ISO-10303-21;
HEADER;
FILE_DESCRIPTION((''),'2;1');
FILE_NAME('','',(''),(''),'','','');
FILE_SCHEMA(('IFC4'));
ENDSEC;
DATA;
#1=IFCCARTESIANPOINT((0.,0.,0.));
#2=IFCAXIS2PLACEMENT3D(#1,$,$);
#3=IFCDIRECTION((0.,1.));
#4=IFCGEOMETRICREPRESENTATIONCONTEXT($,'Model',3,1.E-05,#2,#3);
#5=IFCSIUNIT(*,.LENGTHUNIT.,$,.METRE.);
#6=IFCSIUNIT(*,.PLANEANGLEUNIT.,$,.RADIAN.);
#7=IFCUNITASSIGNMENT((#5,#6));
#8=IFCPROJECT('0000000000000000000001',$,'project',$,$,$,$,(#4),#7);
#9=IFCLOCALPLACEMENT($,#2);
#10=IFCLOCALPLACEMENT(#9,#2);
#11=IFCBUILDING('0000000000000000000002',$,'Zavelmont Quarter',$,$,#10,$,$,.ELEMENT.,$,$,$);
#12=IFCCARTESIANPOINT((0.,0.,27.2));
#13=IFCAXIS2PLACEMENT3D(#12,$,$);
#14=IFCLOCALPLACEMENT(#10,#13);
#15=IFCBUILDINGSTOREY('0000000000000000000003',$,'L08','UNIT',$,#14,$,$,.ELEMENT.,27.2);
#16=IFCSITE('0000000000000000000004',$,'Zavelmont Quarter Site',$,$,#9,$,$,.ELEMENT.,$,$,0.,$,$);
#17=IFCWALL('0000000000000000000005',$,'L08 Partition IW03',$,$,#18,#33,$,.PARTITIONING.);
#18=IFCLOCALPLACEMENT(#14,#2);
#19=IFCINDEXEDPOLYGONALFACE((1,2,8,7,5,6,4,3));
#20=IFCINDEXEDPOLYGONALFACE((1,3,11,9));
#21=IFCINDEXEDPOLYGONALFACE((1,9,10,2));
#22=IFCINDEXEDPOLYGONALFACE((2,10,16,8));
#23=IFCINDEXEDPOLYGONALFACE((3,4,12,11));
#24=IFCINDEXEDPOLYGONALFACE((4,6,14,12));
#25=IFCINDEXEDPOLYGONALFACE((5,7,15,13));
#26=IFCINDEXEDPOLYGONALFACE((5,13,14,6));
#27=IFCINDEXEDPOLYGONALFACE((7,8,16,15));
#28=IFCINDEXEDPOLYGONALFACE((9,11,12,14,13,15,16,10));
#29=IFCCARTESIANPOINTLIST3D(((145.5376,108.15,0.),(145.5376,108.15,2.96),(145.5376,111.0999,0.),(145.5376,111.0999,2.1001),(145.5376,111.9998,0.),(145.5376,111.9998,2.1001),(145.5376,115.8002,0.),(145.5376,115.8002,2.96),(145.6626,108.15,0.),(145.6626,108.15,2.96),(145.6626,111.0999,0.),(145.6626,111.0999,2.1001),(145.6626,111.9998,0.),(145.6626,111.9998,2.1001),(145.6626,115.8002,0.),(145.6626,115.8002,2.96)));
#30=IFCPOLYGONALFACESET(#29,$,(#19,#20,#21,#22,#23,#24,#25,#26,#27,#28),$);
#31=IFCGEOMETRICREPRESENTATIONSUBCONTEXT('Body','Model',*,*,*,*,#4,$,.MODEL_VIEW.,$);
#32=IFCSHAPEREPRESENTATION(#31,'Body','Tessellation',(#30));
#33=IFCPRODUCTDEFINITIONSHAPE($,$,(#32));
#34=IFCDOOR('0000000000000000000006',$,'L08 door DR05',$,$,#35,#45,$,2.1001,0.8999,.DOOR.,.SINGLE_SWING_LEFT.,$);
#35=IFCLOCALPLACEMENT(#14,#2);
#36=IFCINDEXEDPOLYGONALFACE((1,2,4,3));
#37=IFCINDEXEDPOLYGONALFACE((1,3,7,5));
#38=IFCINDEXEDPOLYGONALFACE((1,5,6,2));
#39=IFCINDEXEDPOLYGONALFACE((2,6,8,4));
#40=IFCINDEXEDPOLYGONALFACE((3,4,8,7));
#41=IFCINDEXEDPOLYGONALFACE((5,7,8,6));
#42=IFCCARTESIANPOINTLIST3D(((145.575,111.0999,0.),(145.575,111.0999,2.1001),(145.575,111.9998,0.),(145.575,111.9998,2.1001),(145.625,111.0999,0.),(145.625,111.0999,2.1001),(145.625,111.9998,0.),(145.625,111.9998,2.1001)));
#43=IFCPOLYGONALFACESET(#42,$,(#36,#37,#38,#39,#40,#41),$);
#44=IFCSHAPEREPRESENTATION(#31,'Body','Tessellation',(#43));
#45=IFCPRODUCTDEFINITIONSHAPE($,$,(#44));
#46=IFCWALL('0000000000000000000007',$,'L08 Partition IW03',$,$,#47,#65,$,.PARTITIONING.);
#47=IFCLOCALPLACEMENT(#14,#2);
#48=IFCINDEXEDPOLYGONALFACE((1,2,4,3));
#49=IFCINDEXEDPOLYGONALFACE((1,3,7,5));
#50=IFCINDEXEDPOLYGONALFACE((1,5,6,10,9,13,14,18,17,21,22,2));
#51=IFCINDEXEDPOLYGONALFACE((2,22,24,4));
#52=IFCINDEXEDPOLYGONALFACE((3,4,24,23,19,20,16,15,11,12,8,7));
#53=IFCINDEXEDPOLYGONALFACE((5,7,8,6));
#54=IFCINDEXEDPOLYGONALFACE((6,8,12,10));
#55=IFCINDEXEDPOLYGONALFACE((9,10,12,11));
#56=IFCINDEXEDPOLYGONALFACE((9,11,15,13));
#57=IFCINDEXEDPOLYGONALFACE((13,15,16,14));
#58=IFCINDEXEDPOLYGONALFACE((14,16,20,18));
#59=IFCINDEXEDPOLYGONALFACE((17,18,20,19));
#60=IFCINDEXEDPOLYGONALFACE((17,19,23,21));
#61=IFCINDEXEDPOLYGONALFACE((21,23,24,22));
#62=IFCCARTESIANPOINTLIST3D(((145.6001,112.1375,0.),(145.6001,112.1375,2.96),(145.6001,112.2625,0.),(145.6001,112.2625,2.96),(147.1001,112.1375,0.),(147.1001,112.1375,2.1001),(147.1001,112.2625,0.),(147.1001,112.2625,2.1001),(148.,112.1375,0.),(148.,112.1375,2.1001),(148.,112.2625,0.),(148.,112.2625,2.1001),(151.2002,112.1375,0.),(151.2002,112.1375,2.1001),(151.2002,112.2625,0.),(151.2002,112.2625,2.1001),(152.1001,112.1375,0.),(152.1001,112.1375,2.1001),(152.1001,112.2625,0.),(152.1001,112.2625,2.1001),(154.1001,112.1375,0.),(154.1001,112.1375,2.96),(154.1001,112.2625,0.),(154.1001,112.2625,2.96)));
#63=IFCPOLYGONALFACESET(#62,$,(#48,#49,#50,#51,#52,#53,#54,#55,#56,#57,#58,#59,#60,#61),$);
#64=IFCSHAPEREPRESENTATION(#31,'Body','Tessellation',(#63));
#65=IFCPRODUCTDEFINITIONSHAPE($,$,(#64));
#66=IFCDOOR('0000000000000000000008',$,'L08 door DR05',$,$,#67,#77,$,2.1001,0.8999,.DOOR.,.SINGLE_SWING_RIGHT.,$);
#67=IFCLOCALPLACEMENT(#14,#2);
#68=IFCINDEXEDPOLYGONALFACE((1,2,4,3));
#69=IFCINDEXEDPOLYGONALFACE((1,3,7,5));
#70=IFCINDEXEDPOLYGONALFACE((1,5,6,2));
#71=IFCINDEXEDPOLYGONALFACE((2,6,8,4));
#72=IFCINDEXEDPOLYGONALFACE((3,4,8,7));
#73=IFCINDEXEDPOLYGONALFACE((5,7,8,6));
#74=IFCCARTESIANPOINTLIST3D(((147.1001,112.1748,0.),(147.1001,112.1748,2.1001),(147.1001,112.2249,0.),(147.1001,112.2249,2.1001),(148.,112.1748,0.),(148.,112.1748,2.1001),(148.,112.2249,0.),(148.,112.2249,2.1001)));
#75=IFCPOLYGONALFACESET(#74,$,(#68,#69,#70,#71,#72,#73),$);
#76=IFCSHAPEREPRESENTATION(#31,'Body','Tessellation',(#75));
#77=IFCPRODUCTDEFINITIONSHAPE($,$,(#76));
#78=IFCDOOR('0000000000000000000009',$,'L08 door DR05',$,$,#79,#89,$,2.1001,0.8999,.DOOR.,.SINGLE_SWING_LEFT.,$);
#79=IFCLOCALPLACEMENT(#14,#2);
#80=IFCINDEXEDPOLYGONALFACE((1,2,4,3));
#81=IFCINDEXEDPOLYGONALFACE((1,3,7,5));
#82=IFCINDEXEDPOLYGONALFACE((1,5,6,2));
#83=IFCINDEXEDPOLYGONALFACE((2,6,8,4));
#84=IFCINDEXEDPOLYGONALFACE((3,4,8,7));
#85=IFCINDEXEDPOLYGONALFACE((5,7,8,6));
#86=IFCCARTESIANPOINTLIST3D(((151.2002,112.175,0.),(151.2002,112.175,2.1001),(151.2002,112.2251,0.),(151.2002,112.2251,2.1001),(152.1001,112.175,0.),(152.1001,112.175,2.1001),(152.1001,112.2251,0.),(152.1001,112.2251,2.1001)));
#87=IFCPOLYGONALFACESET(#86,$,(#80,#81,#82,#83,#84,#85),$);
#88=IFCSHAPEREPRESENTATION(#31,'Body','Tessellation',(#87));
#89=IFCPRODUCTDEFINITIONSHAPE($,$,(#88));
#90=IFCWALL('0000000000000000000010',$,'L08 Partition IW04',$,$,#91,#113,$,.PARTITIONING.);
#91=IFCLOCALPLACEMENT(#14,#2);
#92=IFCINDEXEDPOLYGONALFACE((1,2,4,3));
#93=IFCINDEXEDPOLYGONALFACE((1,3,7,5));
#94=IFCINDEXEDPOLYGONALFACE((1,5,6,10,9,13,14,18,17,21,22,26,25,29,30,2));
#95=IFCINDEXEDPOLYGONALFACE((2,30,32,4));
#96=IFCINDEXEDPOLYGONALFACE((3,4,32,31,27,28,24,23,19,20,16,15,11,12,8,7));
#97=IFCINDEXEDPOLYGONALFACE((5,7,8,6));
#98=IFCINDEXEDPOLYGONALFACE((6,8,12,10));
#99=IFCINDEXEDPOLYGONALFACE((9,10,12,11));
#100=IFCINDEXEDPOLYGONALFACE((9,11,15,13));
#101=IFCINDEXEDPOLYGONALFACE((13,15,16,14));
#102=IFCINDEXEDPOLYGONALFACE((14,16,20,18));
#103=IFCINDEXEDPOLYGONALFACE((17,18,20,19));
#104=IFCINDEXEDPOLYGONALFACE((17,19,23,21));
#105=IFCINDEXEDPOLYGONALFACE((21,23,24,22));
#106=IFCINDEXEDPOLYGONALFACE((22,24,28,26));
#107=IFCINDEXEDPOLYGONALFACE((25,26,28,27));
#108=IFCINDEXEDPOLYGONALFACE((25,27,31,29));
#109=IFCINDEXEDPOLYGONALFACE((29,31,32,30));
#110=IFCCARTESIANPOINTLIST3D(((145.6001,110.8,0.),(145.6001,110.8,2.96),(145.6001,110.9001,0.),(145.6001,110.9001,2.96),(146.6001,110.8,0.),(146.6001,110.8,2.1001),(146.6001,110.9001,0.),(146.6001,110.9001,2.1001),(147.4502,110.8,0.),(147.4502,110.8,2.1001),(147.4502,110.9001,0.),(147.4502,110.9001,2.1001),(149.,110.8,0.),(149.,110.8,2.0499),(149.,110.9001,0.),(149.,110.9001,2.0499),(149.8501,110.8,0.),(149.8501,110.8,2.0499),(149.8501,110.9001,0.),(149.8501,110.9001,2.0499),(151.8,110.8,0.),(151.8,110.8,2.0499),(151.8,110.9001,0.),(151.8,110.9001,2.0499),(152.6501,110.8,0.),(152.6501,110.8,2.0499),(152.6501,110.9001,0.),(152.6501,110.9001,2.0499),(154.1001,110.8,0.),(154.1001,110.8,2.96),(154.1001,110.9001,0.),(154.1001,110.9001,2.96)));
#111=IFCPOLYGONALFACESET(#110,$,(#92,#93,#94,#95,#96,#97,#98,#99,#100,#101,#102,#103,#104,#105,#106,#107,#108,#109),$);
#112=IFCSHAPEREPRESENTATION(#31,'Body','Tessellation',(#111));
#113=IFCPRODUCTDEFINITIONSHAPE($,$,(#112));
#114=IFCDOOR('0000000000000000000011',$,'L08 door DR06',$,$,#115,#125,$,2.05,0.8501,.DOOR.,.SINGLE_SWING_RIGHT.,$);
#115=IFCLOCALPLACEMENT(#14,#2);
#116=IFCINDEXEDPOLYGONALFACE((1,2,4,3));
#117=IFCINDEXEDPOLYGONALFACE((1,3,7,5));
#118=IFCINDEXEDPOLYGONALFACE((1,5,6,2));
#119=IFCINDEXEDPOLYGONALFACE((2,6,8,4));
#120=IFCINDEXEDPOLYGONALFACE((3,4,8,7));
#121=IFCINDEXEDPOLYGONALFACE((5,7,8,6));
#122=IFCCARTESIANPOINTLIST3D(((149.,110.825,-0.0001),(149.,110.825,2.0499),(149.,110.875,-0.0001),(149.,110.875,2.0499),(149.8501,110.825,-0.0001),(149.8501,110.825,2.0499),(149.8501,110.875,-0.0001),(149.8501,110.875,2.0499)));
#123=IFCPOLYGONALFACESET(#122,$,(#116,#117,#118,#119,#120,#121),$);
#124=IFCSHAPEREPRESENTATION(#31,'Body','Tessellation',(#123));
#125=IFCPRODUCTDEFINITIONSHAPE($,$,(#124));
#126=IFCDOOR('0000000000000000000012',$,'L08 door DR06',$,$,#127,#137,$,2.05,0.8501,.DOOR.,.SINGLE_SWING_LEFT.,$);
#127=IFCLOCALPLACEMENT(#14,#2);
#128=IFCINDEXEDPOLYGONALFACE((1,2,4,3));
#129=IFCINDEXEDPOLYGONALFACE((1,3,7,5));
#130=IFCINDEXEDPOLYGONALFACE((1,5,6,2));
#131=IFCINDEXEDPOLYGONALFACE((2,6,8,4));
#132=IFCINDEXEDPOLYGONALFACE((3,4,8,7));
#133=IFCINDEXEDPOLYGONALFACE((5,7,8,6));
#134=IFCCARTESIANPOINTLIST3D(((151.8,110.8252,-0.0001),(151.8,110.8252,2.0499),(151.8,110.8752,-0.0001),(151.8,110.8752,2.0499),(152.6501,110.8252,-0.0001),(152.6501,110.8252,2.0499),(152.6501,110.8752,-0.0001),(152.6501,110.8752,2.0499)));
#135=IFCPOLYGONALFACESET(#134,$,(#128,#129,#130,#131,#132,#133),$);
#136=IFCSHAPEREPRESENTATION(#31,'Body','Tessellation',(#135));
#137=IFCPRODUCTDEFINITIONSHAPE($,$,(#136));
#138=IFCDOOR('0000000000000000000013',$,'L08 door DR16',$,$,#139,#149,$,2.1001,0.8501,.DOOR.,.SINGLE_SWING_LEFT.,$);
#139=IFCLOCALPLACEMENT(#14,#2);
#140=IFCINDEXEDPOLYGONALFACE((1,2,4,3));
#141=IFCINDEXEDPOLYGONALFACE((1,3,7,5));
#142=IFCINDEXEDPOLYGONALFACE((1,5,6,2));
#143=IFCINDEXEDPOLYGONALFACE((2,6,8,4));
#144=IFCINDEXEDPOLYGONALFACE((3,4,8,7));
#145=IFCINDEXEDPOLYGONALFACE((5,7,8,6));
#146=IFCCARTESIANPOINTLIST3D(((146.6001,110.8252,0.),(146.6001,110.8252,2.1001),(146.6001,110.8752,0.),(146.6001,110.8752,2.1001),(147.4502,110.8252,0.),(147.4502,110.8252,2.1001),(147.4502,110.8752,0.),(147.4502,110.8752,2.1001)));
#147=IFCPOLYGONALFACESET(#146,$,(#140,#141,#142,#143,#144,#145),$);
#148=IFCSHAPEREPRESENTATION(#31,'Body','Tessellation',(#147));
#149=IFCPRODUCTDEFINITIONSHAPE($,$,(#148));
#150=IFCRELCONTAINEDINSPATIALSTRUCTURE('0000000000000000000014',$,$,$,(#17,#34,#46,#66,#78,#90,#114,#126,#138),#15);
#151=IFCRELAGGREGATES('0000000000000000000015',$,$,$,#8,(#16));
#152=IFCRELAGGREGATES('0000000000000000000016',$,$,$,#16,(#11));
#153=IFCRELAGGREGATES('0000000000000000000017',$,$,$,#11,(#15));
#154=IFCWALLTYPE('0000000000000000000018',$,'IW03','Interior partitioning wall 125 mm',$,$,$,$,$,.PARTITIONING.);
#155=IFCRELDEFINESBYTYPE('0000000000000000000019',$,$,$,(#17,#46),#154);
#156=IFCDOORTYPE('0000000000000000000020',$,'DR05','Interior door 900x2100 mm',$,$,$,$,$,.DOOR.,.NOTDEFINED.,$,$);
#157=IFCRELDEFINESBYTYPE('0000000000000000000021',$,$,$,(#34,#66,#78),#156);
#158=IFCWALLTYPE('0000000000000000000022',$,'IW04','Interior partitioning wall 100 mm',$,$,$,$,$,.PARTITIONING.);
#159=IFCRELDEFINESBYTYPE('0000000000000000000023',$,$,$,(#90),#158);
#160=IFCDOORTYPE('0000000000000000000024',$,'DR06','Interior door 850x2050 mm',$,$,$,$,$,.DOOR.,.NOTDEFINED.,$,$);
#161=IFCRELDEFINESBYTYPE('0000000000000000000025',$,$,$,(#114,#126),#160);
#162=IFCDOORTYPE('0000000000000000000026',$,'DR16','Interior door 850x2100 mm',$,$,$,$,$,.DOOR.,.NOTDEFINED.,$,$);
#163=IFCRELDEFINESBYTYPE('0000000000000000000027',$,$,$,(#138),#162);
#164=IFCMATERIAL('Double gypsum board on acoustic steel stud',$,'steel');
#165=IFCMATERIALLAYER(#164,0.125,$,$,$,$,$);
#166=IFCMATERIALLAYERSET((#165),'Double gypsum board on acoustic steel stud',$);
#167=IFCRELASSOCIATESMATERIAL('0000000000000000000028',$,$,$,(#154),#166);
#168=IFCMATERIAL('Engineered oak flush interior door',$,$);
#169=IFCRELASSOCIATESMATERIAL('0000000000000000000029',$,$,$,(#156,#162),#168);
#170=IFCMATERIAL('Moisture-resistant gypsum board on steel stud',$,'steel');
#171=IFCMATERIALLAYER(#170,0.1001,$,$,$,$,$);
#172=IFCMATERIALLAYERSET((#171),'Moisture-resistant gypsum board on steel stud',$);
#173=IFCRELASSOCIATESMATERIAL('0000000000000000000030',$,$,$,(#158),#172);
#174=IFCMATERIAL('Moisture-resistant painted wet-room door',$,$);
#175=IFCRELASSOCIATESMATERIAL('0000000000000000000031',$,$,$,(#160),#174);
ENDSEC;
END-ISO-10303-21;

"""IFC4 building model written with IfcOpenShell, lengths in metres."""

from ifc_helpers import new_model, si_unit, direction, frame, frame_2d, origin, origin_with_axes, place, context, subcontext, project, spatial, rectangle, extrude, material, layer, layer_set, type_object, element, fill, save


model = new_model("IFC4")

# Units and contexts
model_context = context("Model", 3, precision=1e-05, world=origin(), true_north=direction((0.0, 1.0)))
body_context = subcontext(model_context, "Body", "Model", "MODEL_VIEW")
ifc_project = project(units=[si_unit("LENGTHUNIT", "METRE"), si_unit("PLANEANGLEUNIT", "RADIAN")], contexts=[model_context])

# Site, building, storey
site_placement = place(None, origin())
site = spatial("IfcSite", under=ifc_project, at=site_placement, Name="Zavelmont Quarter Site", CompositionType="ELEMENT", RefElevation=0.0)
building_placement = place(site_placement, origin())
building = spatial("IfcBuilding", under=site, at=building_placement, Name="Zavelmont Quarter", CompositionType="ELEMENT")
storey_placement = place(building_placement, frame((0.0, 0.0, 27.2)))
storey = spatial("IfcBuildingStorey", under=building, at=storey_placement, Name="L08", Description="UNIT", CompositionType="ELEMENT", Elevation=27.2)

# Wall, opening, door
ifc_material_1 = material(Name="Double gypsum board on acoustic steel stud", Category="steel")
ifc_layer_1 = layer(ifc_material_1, 0.125)
ifc_layer_set_1 = layer_set([ifc_layer_1], Name="Double gypsum board on acoustic steel stud")
wall_type_1 = type_object("IfcWallType", Name="IW03", Description="Interior partitioning wall 125 mm", PredefinedType="PARTITIONING", material=ifc_layer_set_1)
wall_1_placement = place(storey_placement, frame((145.6001, 108.1499, 0.0), z_axis=(0.0, 0.0, 1.0), x_axis=(0.0, 1.0, 0.0)))
wall_1 = element("IfcWall", 1, at=wall_1_placement, inside=storey, type_object=wall_type_1, Name="L08 Partition IW03", PredefinedType="PARTITIONING", context=body_context, shape_type="SweptSolid", body=[
    extrude(rectangle(XDim=7.6501, YDim=0.125, at=frame_2d((3.8252, 0.0))), origin(), (0.0, 0.0, 1.0), 2.96),
])
opening_1_placement = place(wall_1_placement, frame((2.95, 0.0, 0.0)))
opening_1 = element("IfcOpeningElement", 2, at=opening_1_placement, cuts=wall_1, PredefinedType="OPENING", context=body_context, shape_type="SweptSolid", body=[
    extrude(rectangle(XDim=0.8999, YDim=2.1001, at=frame_2d((0.45, 1.05))), frame((0.0, 0.0745, 0.0), z_axis=(0.0, -1.0, 0.0), x_axis=(1.0, 0.0, 0.0)), (0.0, 0.0, 1.0), 0.1489),
])
ifc_material_2 = material(Name="Engineered oak flush interior door")
door_type_1 = type_object("IfcDoorType", Name="DR05", Description="Interior door 900x2100 mm", OperationType="NOTDEFINED", PredefinedType="DOOR", material=ifc_material_2)
door_1_placement = place(opening_1_placement, frame((0.8999, 0.0, 0.0), z_axis=(0.0, 0.0, 1.0), x_axis=(-1.0, 0.0, 0.0)))
door_1 = element("IfcDoor", 3, at=door_1_placement, inside=storey, type_object=door_type_1, Name="L08 door DR05", OperationType="SINGLE_SWING_LEFT", OverallHeight=2.1001, OverallWidth=0.8999, PredefinedType="DOOR", context=body_context, shape_type="SweptSolid", body=[
    extrude(rectangle(XDim=0.8999, YDim=2.1001, at=frame_2d((0.45, 1.05))), frame((0.0, 0.0249, 0.0), z_axis=(0.0, -1.0, 0.0), x_axis=(1.0, 0.0, 0.0)), (0.0, 0.0, 1.0), 0.05),
])
fill(opening_1, door_1)

# Walls, openings, doors
wall_2_placement = place(storey_placement, frame((145.6001, 112.2, 0.0), z_axis=(0.0, 0.0, 1.0), x_axis=(1.0, 0.0, 0.0)))
wall_2 = element("IfcWall", 4, at=wall_2_placement, inside=storey, type_object=wall_type_1, Name="L08 Partition IW03", PredefinedType="PARTITIONING", context=body_context, shape_type="SweptSolid", body=[
    extrude(rectangle(XDim=8.5, YDim=0.125, at=frame_2d((4.25, 0.0))), origin(), (0.0, 0.0, 1.0), 2.96),
])
opening_2_placement = place(wall_2_placement, frame((1.5, 0.0, 0.0)))
opening_2 = element("IfcOpeningElement", 5, at=opening_2_placement, cuts=wall_2, PredefinedType="OPENING", context=body_context, shape_type="SweptSolid", body=[
    extrude(rectangle(XDim=0.8999, YDim=2.1001, at=frame_2d((0.45, 1.05))), frame((0.0, 0.0745, 0.0), z_axis=(0.0, -1.0, 0.0), x_axis=(1.0, 0.0, 0.0)), (0.0, 0.0, 1.0), 0.1489),
])
opening_3_placement = place(wall_2_placement, frame((5.6001, 0.0, 0.0)))
opening_3 = element("IfcOpeningElement", 6, at=opening_3_placement, cuts=wall_2, PredefinedType="OPENING", context=body_context, shape_type="SweptSolid", body=[
    extrude(rectangle(XDim=0.8999, YDim=2.1001, at=frame_2d((0.45, 1.05))), frame((0.0, 0.0745, 0.0), z_axis=(0.0, -1.0, 0.0), x_axis=(1.0, 0.0, 0.0)), (0.0, 0.0, 1.0), 0.1489),
])
door_2_placement = place(opening_2_placement, origin_with_axes())
door_2 = element("IfcDoor", 7, at=door_2_placement, inside=storey, type_object=door_type_1, Name="L08 door DR05", OperationType="SINGLE_SWING_RIGHT", OverallHeight=2.1001, OverallWidth=0.8999, PredefinedType="DOOR", context=body_context, shape_type="SweptSolid", body=[
    extrude(rectangle(XDim=0.8999, YDim=2.1001, at=frame_2d((0.45, 1.05))), frame((0.0, 0.0249, 0.0), z_axis=(0.0, -1.0, 0.0), x_axis=(1.0, 0.0, 0.0)), (0.0, 0.0, 1.0), 0.05),
])
fill(opening_2, door_2)
door_3_placement = place(opening_3_placement, frame((0.8999, 0.0, 0.0), z_axis=(0.0, 0.0, 1.0), x_axis=(-1.0, 0.0, 0.0)))
door_3 = element("IfcDoor", 8, at=door_3_placement, inside=storey, type_object=door_type_1, Name="L08 door DR05", OperationType="SINGLE_SWING_LEFT", OverallHeight=2.1001, OverallWidth=0.8999, PredefinedType="DOOR", context=body_context, shape_type="SweptSolid", body=[
    extrude(rectangle(XDim=0.8999, YDim=2.1001, at=frame_2d((0.45, 1.05))), frame((0.0, 0.0249, 0.0), z_axis=(0.0, -1.0, 0.0), x_axis=(1.0, 0.0, 0.0)), (0.0, 0.0, 1.0), 0.05),
])
fill(opening_3, door_3)
ifc_material_3 = material(Name="Moisture-resistant gypsum board on steel stud", Category="steel")
ifc_layer_2 = layer(ifc_material_3, 0.1001)
ifc_layer_set_2 = layer_set([ifc_layer_2], Name="Moisture-resistant gypsum board on steel stud")
wall_type_2 = type_object("IfcWallType", Name="IW04", Description="Interior partitioning wall 100 mm", PredefinedType="PARTITIONING", material=ifc_layer_set_2)
wall_3_placement = place(storey_placement, frame((145.6001, 110.8501, 0.0), z_axis=(0.0, 0.0, 1.0), x_axis=(1.0, 0.0, 0.0)))
wall_3 = element("IfcWall", 9, at=wall_3_placement, inside=storey, type_object=wall_type_2, Name="L08 Partition IW04", PredefinedType="PARTITIONING", context=body_context, shape_type="SweptSolid", body=[
    extrude(rectangle(XDim=8.5, YDim=0.1001, at=frame_2d((4.25, 0.0))), origin(), (0.0, 0.0, 1.0), 2.96),
])
opening_4_placement = place(wall_3_placement, frame((1.0, 0.0, 0.0)))
opening_4 = element("IfcOpeningElement", 10, at=opening_4_placement, cuts=wall_3, PredefinedType="OPENING", context=body_context, shape_type="SweptSolid", body=[
    extrude(rectangle(XDim=0.8501, YDim=2.1001, at=frame_2d((0.425, 1.05))), frame((0.0, 0.062, 0.0), z_axis=(0.0, -1.0, 0.0), x_axis=(1.0, 0.0, 0.0)), (0.0, 0.0, 1.0), 0.124),
])
opening_5_placement = place(wall_3_placement, frame((3.3999, 0.0, 0.0)))
opening_5 = element("IfcOpeningElement", 11, at=opening_5_placement, cuts=wall_3, PredefinedType="OPENING", context=body_context, shape_type="SweptSolid", body=[
    extrude(rectangle(XDim=0.8501, YDim=2.05, at=frame_2d((0.425, 1.0249))), frame((0.0, 0.062, 0.0), z_axis=(0.0, -1.0, 0.0), x_axis=(1.0, 0.0, 0.0)), (0.0, 0.0, 1.0), 0.124),
])
opening_6_placement = place(wall_3_placement, frame((6.2, 0.0, 0.0)))
opening_6 = element("IfcOpeningElement", 12, at=opening_6_placement, cuts=wall_3, PredefinedType="OPENING", context=body_context, shape_type="SweptSolid", body=[
    extrude(rectangle(XDim=0.8501, YDim=2.05, at=frame_2d((0.425, 1.0249))), frame((0.0, 0.062, 0.0), z_axis=(0.0, -1.0, 0.0), x_axis=(1.0, 0.0, 0.0)), (0.0, 0.0, 1.0), 0.124),
])
ifc_material_4 = material(Name="Moisture-resistant painted wet-room door")
door_type_2 = type_object("IfcDoorType", Name="DR06", Description="Interior door 850x2050 mm", OperationType="NOTDEFINED", PredefinedType="DOOR", material=ifc_material_4)
door_4_placement = place(opening_5_placement, origin_with_axes())
door_4 = element("IfcDoor", 13, at=door_4_placement, inside=storey, type_object=door_type_2, Name="L08 door DR06", OperationType="SINGLE_SWING_RIGHT", OverallHeight=2.05, OverallWidth=0.8501, PredefinedType="DOOR", context=body_context, shape_type="SweptSolid", body=[
    extrude(rectangle(XDim=0.8501, YDim=2.05, at=frame_2d((0.425, 1.0249))), frame((0.0, 0.0249, 0.0), z_axis=(0.0, -1.0, 0.0), x_axis=(1.0, 0.0, 0.0)), (0.0, 0.0, 1.0), 0.05),
])
fill(opening_5, door_4)
door_5_placement = place(opening_6_placement, frame((0.8501, 0.0, 0.0), z_axis=(0.0, 0.0, 1.0), x_axis=(-1.0, 0.0, 0.0)))
door_5 = element("IfcDoor", 14, at=door_5_placement, inside=storey, type_object=door_type_2, Name="L08 door DR06", OperationType="SINGLE_SWING_LEFT", OverallHeight=2.05, OverallWidth=0.8501, PredefinedType="DOOR", context=body_context, shape_type="SweptSolid", body=[
    extrude(rectangle(XDim=0.8501, YDim=2.05, at=frame_2d((0.425, 1.0249))), frame((0.0, 0.0249, 0.0), z_axis=(0.0, -1.0, 0.0), x_axis=(1.0, 0.0, 0.0)), (0.0, 0.0, 1.0), 0.05),
])
fill(opening_6, door_5)
door_type_3 = type_object("IfcDoorType", Name="DR16", Description="Interior door 850x2100 mm", OperationType="NOTDEFINED", PredefinedType="DOOR", material=ifc_material_2)
door_6_placement = place(opening_4_placement, frame((0.8501, 0.0, 0.0), z_axis=(0.0, 0.0, 1.0), x_axis=(-1.0, 0.0, 0.0)))
door_6 = element("IfcDoor", 15, at=door_6_placement, inside=storey, type_object=door_type_3, Name="L08 door DR16", OperationType="SINGLE_SWING_LEFT", OverallHeight=2.1001, OverallWidth=0.8501, PredefinedType="DOOR", context=body_context, shape_type="SweptSolid", body=[
    extrude(rectangle(XDim=0.8501, YDim=2.1001, at=frame_2d((0.425, 1.05))), frame((0.0, 0.0249, 0.0), z_axis=(0.0, -1.0, 0.0), x_axis=(1.0, 0.0, 0.0)), (0.0, 0.0, 1.0), 0.05),
])
fill(opening_4, door_6)

save(model, "model.ifc")
